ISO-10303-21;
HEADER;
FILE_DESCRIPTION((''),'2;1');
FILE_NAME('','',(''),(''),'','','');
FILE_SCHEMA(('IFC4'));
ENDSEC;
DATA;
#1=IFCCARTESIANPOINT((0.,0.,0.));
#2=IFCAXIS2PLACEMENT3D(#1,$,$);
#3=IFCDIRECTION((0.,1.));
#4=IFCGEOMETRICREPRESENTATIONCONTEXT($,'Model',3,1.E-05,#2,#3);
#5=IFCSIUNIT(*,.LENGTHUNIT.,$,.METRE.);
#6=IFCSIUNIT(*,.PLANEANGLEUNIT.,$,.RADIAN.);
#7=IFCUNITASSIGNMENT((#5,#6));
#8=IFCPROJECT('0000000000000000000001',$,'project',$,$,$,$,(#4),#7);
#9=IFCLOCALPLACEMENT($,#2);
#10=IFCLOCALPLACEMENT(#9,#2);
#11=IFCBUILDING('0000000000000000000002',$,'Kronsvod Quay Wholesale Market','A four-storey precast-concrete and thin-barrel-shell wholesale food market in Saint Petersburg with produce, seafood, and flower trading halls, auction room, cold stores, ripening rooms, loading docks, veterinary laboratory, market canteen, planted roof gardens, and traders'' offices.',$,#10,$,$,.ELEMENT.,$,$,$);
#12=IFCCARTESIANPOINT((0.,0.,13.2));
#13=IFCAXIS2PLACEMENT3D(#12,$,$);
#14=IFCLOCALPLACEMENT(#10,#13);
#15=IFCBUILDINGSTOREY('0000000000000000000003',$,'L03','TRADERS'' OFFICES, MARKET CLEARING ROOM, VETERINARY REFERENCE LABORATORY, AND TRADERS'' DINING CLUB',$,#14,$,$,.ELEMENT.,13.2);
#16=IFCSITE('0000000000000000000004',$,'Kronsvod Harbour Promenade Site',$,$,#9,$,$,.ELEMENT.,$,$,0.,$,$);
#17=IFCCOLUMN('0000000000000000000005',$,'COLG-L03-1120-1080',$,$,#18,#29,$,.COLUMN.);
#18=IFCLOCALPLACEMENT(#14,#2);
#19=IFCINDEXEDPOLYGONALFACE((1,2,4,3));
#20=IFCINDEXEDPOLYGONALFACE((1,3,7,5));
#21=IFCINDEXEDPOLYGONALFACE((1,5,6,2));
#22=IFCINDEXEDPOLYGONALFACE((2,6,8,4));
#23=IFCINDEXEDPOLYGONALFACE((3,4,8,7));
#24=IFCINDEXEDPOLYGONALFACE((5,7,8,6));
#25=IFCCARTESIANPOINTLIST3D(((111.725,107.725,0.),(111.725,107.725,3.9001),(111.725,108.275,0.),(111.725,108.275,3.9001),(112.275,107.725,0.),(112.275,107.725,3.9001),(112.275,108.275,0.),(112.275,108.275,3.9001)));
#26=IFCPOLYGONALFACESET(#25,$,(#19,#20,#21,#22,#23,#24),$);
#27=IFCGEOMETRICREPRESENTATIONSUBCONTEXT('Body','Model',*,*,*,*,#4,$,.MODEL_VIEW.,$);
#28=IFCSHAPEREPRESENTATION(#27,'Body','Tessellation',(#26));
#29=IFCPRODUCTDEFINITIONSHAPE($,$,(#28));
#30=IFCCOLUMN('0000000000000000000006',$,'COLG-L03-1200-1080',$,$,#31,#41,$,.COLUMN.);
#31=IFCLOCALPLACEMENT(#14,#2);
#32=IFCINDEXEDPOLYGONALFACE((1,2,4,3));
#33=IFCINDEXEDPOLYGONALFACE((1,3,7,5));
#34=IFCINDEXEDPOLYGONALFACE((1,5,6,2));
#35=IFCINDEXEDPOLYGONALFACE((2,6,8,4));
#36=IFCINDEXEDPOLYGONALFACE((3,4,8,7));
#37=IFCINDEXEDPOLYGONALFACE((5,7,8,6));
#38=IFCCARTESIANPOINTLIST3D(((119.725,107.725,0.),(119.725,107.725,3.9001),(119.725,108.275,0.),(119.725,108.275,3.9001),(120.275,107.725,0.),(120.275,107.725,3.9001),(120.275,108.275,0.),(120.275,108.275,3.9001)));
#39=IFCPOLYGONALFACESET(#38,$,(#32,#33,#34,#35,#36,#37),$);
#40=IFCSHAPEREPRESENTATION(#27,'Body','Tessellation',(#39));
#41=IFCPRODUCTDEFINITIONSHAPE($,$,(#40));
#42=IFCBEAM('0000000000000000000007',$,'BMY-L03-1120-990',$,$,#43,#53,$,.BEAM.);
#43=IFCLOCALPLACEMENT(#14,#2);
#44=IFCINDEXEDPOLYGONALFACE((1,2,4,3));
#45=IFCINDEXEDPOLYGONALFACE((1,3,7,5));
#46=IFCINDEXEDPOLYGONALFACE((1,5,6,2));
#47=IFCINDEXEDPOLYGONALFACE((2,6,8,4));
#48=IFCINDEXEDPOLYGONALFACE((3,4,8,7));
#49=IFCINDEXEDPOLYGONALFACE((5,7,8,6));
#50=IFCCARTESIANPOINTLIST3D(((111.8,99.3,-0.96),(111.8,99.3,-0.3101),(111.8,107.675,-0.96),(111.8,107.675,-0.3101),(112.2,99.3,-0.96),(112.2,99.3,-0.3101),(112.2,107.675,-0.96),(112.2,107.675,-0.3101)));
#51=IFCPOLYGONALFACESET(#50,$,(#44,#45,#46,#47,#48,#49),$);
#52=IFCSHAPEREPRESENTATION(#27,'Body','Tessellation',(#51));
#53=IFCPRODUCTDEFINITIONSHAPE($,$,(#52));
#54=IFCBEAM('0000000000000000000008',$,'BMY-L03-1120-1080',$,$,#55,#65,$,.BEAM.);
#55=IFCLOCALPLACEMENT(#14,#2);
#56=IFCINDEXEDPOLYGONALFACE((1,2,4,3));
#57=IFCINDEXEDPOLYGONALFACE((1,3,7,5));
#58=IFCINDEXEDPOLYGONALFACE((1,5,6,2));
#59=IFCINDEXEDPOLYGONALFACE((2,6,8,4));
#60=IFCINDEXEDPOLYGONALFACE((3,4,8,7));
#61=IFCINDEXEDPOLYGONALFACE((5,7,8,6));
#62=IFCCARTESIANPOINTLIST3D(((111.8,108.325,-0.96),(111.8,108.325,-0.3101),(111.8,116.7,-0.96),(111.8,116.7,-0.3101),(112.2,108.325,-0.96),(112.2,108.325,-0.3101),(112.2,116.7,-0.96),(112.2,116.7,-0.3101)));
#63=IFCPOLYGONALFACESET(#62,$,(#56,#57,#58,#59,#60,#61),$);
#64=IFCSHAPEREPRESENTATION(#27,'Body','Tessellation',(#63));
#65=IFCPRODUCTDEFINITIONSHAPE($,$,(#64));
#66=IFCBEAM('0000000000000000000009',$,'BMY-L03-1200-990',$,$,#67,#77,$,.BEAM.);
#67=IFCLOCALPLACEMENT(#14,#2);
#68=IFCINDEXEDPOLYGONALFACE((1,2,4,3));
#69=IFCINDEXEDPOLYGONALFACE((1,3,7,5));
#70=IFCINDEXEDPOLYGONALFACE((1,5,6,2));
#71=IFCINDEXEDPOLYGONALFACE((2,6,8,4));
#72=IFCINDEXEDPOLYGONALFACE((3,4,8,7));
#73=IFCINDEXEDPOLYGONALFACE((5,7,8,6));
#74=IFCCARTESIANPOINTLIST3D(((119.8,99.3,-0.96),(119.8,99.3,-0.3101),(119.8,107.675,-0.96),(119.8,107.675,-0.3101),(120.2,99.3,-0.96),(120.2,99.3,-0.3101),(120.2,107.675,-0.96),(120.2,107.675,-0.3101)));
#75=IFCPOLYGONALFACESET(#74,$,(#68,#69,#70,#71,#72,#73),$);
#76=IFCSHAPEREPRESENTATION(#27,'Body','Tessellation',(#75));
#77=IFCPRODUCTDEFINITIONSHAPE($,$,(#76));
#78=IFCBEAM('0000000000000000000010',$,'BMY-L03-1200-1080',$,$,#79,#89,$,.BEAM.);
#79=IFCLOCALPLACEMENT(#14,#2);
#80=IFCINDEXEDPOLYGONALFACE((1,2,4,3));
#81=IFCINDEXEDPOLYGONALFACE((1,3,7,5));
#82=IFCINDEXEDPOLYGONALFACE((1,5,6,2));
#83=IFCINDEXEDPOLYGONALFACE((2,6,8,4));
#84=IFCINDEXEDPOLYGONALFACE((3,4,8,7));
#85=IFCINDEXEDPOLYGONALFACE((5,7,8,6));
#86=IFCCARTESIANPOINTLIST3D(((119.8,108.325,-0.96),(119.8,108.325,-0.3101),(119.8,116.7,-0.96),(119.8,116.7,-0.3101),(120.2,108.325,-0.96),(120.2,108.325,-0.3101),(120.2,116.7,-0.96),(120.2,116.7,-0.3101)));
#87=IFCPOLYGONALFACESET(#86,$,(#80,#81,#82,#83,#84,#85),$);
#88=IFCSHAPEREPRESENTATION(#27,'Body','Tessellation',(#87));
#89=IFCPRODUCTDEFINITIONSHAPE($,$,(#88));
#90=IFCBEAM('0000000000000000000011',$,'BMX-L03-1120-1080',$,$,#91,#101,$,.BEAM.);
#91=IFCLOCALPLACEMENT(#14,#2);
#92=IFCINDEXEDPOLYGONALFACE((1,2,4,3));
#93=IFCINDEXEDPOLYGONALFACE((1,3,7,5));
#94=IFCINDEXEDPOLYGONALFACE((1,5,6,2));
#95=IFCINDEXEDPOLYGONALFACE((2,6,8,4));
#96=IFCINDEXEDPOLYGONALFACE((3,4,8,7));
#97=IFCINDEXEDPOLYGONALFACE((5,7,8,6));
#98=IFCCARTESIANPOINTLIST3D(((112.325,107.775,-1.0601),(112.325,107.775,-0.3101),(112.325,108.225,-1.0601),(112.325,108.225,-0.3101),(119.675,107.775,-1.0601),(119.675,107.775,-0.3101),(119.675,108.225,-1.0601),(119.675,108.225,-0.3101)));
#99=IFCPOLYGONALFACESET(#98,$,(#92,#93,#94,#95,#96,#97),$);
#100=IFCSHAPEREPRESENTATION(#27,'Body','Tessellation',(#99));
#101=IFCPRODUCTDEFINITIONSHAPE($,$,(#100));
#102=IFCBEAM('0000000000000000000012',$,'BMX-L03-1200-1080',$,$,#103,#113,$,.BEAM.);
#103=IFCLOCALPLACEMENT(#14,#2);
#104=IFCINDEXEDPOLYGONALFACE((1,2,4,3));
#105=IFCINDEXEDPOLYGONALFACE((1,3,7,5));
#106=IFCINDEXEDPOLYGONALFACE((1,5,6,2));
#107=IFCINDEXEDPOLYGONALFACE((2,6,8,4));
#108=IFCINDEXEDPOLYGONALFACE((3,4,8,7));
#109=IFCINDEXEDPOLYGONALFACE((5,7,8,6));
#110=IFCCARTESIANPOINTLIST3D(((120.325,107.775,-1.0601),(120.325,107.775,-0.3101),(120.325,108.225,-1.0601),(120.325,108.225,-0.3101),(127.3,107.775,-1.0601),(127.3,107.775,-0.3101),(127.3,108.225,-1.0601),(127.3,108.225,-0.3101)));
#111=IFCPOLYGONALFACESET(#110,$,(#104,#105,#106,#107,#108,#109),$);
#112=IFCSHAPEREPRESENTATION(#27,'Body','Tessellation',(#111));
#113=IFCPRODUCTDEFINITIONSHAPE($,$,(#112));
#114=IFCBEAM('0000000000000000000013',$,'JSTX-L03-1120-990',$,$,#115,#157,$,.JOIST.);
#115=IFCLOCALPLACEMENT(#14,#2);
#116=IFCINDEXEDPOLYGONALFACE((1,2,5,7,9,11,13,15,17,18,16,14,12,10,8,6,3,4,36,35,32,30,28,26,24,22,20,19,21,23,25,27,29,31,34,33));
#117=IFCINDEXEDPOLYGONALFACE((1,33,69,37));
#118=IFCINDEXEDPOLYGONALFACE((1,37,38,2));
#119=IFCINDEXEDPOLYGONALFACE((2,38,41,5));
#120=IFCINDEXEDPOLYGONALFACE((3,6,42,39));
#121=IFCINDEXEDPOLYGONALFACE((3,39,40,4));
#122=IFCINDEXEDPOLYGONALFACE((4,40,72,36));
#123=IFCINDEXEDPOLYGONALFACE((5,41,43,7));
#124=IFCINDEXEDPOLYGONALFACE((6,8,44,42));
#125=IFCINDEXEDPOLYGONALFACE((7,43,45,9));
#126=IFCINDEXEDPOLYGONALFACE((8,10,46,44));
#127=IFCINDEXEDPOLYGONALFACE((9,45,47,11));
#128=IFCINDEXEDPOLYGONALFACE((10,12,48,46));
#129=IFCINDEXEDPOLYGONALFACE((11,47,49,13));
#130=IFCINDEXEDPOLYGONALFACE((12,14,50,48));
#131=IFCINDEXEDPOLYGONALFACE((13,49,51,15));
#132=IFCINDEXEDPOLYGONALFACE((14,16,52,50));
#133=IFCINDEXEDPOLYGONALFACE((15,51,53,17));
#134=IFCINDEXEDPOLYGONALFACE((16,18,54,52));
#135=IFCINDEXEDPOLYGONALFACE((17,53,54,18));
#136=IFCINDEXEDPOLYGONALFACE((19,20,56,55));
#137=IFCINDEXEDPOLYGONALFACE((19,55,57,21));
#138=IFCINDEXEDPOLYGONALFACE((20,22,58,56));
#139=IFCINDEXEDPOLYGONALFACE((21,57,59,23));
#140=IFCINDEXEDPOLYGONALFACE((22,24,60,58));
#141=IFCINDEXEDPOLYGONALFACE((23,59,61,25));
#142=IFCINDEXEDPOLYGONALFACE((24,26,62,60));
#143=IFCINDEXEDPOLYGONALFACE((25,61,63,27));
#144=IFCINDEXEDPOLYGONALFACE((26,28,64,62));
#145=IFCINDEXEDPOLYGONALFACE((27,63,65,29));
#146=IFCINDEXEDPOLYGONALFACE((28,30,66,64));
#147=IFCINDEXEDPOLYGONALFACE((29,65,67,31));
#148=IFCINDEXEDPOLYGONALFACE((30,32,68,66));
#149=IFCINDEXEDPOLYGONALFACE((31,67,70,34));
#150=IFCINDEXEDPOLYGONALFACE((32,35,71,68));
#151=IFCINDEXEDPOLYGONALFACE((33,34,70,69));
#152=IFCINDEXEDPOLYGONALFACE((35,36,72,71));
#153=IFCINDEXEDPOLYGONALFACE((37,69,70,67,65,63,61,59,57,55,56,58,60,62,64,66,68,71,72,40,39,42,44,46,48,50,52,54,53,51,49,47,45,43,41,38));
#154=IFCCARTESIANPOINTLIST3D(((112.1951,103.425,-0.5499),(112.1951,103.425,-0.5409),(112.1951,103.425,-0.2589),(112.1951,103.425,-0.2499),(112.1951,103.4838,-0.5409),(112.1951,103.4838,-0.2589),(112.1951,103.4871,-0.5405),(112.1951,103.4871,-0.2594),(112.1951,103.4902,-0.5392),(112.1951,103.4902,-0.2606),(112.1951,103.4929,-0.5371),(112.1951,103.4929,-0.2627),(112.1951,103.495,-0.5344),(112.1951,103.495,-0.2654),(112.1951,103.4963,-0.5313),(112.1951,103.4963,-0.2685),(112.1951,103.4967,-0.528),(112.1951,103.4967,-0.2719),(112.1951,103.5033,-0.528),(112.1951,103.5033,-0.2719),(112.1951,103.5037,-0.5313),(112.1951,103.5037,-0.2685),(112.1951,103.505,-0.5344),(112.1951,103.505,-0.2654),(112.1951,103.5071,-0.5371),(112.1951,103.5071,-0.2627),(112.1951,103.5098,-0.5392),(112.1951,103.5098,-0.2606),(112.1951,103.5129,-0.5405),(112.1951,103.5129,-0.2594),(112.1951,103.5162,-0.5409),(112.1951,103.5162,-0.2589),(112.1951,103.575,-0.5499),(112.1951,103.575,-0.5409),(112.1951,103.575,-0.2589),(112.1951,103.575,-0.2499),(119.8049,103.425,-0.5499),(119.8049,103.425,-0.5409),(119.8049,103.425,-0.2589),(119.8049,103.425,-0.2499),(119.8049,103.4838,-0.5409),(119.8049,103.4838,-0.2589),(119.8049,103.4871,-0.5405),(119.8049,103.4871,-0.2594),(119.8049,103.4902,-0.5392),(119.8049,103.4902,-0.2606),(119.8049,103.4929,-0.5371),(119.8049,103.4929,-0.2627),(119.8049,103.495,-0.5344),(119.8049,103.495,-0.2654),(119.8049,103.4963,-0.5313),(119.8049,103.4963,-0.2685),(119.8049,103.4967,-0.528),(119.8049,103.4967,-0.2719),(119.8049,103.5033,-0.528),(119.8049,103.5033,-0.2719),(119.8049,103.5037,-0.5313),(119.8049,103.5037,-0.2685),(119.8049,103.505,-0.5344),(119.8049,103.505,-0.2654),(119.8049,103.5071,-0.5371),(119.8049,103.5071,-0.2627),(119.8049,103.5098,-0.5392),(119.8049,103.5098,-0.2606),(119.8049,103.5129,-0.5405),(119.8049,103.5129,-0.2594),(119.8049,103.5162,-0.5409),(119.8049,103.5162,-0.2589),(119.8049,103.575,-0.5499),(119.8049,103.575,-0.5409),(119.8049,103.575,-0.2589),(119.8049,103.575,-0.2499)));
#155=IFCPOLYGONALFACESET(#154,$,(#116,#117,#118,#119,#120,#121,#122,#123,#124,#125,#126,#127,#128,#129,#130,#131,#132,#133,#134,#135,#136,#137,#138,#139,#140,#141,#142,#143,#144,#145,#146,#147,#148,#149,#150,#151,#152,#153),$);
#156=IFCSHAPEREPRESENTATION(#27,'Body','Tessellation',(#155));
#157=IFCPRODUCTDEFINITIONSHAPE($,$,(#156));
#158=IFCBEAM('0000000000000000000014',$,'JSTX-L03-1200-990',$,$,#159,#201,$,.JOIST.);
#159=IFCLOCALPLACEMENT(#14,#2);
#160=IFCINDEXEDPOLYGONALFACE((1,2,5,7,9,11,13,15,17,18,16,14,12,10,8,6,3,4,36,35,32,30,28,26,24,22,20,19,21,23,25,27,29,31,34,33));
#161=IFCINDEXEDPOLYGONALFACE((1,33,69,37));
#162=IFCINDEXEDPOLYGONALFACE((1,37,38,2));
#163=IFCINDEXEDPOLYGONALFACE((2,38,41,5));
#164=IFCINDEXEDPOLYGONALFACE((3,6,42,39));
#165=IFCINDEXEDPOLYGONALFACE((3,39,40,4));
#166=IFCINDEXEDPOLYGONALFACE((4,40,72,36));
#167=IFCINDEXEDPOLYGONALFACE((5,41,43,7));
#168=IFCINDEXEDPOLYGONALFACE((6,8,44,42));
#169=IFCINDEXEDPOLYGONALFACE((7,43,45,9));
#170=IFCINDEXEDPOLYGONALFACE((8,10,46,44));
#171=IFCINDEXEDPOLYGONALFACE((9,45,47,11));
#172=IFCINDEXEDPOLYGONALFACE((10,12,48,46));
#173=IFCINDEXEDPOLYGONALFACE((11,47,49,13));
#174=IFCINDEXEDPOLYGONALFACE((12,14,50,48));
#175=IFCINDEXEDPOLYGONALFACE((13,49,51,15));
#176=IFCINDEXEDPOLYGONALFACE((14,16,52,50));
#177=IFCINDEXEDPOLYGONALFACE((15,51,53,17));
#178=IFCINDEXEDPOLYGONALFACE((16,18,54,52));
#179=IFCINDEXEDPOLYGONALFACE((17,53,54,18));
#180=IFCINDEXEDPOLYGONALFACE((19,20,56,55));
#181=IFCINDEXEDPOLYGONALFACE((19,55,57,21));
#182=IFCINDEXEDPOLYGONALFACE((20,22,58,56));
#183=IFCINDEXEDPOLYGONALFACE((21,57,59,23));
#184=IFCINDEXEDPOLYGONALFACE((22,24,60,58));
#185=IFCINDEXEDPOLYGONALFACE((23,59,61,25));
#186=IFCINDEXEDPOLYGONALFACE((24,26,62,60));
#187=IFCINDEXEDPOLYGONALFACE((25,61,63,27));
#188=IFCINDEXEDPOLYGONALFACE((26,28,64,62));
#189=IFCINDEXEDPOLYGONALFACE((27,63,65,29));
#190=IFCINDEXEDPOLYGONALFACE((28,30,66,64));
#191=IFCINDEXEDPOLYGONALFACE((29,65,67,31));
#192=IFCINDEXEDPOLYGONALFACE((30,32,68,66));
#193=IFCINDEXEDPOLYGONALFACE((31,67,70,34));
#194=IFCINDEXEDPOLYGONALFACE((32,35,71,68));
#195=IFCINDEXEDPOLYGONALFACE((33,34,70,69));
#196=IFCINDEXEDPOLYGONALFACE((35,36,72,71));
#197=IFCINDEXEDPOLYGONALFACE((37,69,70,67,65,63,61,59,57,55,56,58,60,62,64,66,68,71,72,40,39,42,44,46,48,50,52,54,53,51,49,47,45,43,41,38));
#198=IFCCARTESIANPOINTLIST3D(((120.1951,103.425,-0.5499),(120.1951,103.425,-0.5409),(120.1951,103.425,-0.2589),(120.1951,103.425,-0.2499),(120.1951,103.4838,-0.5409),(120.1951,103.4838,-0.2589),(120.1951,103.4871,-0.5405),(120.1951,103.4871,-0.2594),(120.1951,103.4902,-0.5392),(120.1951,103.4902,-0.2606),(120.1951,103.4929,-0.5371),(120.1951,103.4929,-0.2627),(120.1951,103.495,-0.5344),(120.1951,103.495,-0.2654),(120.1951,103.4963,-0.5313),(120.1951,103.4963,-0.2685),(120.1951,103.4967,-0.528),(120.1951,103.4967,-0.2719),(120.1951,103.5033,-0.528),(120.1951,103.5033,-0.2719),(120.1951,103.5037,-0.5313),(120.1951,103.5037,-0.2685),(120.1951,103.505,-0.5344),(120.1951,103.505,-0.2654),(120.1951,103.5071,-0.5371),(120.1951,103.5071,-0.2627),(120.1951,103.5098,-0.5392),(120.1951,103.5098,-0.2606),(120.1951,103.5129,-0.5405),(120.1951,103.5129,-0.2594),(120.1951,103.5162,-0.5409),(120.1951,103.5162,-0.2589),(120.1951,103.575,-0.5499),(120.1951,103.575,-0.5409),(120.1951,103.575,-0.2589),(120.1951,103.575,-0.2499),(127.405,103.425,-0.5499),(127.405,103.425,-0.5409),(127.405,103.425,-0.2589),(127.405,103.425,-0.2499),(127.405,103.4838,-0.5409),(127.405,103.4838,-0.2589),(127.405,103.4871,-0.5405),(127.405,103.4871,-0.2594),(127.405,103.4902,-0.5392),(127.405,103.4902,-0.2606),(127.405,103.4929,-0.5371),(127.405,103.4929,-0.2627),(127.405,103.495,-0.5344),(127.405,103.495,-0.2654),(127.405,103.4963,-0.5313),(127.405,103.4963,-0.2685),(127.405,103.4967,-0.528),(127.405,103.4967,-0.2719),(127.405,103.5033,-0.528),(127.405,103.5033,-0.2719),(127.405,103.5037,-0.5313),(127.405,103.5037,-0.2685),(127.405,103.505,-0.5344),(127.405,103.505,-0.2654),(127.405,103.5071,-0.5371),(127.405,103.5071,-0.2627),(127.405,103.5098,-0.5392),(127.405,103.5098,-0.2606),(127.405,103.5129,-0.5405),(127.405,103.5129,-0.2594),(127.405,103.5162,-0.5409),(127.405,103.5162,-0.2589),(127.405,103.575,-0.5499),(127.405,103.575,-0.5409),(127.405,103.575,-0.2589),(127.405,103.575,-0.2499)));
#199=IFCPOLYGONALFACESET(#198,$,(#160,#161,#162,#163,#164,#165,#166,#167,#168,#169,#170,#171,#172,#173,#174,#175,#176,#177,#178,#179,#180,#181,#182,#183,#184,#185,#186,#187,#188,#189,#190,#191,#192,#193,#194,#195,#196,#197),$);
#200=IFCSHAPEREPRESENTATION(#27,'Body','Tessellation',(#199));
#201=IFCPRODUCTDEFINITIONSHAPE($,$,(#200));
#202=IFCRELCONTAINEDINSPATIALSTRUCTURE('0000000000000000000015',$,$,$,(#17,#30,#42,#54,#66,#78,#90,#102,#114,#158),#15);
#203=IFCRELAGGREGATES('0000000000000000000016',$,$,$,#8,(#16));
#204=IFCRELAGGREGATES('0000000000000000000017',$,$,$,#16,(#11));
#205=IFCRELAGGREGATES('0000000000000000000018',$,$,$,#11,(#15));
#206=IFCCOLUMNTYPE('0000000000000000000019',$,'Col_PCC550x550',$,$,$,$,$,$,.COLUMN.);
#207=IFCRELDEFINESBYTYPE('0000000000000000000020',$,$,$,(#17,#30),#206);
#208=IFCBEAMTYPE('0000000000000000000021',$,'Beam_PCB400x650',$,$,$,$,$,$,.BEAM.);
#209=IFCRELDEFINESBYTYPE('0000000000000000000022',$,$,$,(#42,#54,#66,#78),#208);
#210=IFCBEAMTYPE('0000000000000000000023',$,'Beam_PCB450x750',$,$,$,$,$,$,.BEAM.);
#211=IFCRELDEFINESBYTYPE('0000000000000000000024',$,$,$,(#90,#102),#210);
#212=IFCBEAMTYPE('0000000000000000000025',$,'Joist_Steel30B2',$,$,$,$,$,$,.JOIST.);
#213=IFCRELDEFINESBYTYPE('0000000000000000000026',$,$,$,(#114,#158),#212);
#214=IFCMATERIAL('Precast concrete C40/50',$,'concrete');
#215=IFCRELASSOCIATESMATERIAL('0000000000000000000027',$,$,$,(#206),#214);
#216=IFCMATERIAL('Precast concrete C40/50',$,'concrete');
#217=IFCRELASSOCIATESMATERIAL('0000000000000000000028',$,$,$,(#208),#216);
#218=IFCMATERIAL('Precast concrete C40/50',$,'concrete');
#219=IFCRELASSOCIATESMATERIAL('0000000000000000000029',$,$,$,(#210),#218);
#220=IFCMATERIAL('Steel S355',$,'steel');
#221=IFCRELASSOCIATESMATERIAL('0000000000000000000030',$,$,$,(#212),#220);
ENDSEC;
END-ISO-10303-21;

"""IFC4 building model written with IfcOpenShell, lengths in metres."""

from ifc_helpers import new_model, si_unit, direction, frame, origin, origin_2d, place, context, subcontext, project, spatial, rectangle, i_section, extrude, material, material_profile, profile_set, type_object, element, save


model = new_model("IFC4")

# Units and contexts
model_context = context("Model", 3, precision=1e-05, world=origin(), true_north=direction((0.0, 1.0)))
body_context = subcontext(model_context, "Body", "Model", "MODEL_VIEW")
ifc_project = project(units=[si_unit("LENGTHUNIT", "METRE"), si_unit("PLANEANGLEUNIT", "RADIAN")], contexts=[model_context])

# Site, building, storey
site_placement = place(None, origin())
site = spatial("IfcSite", under=ifc_project, at=site_placement, Name="Kronsvod Harbour Promenade Site", CompositionType="ELEMENT", RefElevation=0.0)
building_placement = place(site_placement, origin())
building = spatial("IfcBuilding", under=site, at=building_placement, Name="Kronsvod Quay Wholesale Market", Description="A four-storey precast-concrete and thin-barrel-shell wholesale food market in Saint Petersburg with produce, seafood, and flower trading halls, auction room, cold stores, ripening rooms, loading docks, veterinary laboratory, market canteen, planted roof gardens, and traders' offices.", CompositionType="ELEMENT")
storey_placement = place(building_placement, frame((0.0, 0.0, 13.2)))
storey = spatial("IfcBuildingStorey", under=building, at=storey_placement, Name="L03", Description="TRADERS' OFFICES, MARKET CLEARING ROOM, VETERINARY REFERENCE LABORATORY, AND TRADERS' DINING CLUB", CompositionType="ELEMENT", Elevation=13.2)

# Columns
ifc_material_1 = material(Name="Precast concrete C40/50", Category="concrete")
ifc_material_profile_1 = material_profile(ifc_material_1, rectangle(XDim=0.55, YDim=0.55, at=origin_2d()), Name="COL-09")
ifc_profile_set_1 = profile_set([ifc_material_profile_1], Name="Precast concrete C40/50")
column_type = type_object("IfcColumnType", Name="Col_PCC550x550", PredefinedType="COLUMN", material=ifc_profile_set_1)
for number, where, z_axis, x_axis, name in (
    (1, (112.0, 108.0, 0.0), (0.0, 0.0, 1.0), (1.0, 0.0, 0.0), "COLG-L03-1120-1080"),
    (2, (120.0, 108.0, 0.0), (0.0, 0.0, 1.0), (1.0, 0.0, 0.0), "COLG-L03-1200-1080"),
):
    element("IfcColumn", number, at=place(storey_placement, frame(where, z_axis=z_axis, x_axis=x_axis)), inside=storey, type_object=column_type, Name=name, PredefinedType="COLUMN", context=body_context, shape_type="SweptSolid", body=[
        extrude(rectangle(XDim=0.55, YDim=0.55, at=origin_2d()), origin(), (0.0, 0.0, 1.0), 3.9001),
    ])

# Beams
ifc_material_2 = material(Name="Precast concrete C40/50", Category="concrete")
ifc_material_profile_2 = material_profile(ifc_material_2, rectangle(XDim=0.3999, YDim=0.6499, at=origin_2d()), Name="PCB400x650")
ifc_profile_set_2 = profile_set([ifc_material_profile_2], Name="Precast concrete C40/50")
beam_type_1 = type_object("IfcBeamType", Name="Beam_PCB400x650", PredefinedType="BEAM", material=ifc_profile_set_2)
for number, where, z_axis, x_axis, name in (
    (3, (112.0, 99.3, -0.635), (0.0, 1.0, 0.0), (-1.0, 0.0, 0.0), "BMY-L03-1120-990"),
    (4, (112.0, 108.325, -0.635), (0.0, 1.0, 0.0), (-1.0, 0.0, 0.0), "BMY-L03-1120-1080"),
    (5, (120.0, 99.3, -0.635), (0.0, 1.0, 0.0), (-1.0, 0.0, 0.0), "BMY-L03-1200-990"),
    (6, (120.0, 108.325, -0.635), (0.0, 1.0, 0.0), (-1.0, 0.0, 0.0), "BMY-L03-1200-1080"),
):
    element("IfcBeam", number, at=place(storey_placement, frame(where, z_axis=z_axis, x_axis=x_axis)), inside=storey, type_object=beam_type_1, Name=name, PredefinedType="BEAM", context=body_context, shape_type="SweptSolid", body=[
        extrude(rectangle(XDim=0.3999, YDim=0.6499, at=origin_2d()), origin(), (0.0, 0.0, 1.0), 8.375),
    ])
ifc_material_3 = material(Name="Precast concrete C40/50", Category="concrete")
ifc_material_profile_3 = material_profile(ifc_material_3, rectangle(XDim=0.45, YDim=0.75, at=origin_2d()), Name="PCB450x750")
ifc_profile_set_3 = profile_set([ifc_material_profile_3], Name="Precast concrete C40/50")
beam_type_2 = type_object("IfcBeamType", Name="Beam_PCB450x750", PredefinedType="BEAM", material=ifc_profile_set_3)
beam_1_placement = place(storey_placement, frame((112.325, 108.0, -0.6851), z_axis=(1.0, 0.0, 0.0), x_axis=(0.0, 1.0, 0.0)))
element("IfcBeam", 7, at=beam_1_placement, inside=storey, type_object=beam_type_2, Name="BMX-L03-1120-1080", PredefinedType="BEAM", context=body_context, shape_type="SweptSolid", body=[
    extrude(rectangle(XDim=0.45, YDim=0.75, at=origin_2d()), origin(), (0.0, 0.0, 1.0), 7.3501),
])
beam_2_placement = place(storey_placement, frame((120.325, 108.0, -0.6851), z_axis=(1.0, 0.0, 0.0), x_axis=(0.0, 1.0, 0.0)))
element("IfcBeam", 8, at=beam_2_placement, inside=storey, type_object=beam_type_2, Name="BMX-L03-1200-1080", PredefinedType="BEAM", context=body_context, shape_type="SweptSolid", body=[
    extrude(rectangle(XDim=0.45, YDim=0.75, at=origin_2d()), origin(), (0.0, 0.0, 1.0), 6.9751),
])
ifc_material_4 = material(Name="Steel S355", Category="steel")
ifc_material_profile_4 = material_profile(ifc_material_4, i_section(OverallWidth=0.1499, OverallDepth=0.3, WebThickness=0.0066, FlangeThickness=0.009, FilletRadius=0.0129, at=origin_2d()), Name="30B2")
ifc_profile_set_4 = profile_set([ifc_material_profile_4], Name="Steel S355")
beam_type_3 = type_object("IfcBeamType", Name="Joist_Steel30B2", PredefinedType="JOIST", material=ifc_profile_set_4)
beam_3_placement = place(storey_placement, frame((112.1951, 103.5, -0.3999), z_axis=(1.0, 0.0, 0.0), x_axis=(0.0, 1.0, 0.0)))
element("IfcBeam", 9, at=beam_3_placement, inside=storey, type_object=beam_type_3, Name="JSTX-L03-1120-990", PredefinedType="JOIST", context=body_context, shape_type="SweptSolid", body=[
    extrude(i_section(OverallWidth=0.1499, OverallDepth=0.3, WebThickness=0.0066, FlangeThickness=0.009, FilletRadius=0.0129, at=origin_2d()), origin(), (0.0, 0.0, 1.0), 7.6099),
])
beam_4_placement = place(storey_placement, frame((120.1951, 103.5, -0.3999), z_axis=(1.0, 0.0, 0.0), x_axis=(0.0, 1.0, 0.0)))
element("IfcBeam", 10, at=beam_4_placement, inside=storey, type_object=beam_type_3, Name="JSTX-L03-1200-990", PredefinedType="JOIST", context=body_context, shape_type="SweptSolid", body=[
    extrude(i_section(OverallWidth=0.1499, OverallDepth=0.3, WebThickness=0.0066, FlangeThickness=0.009, FilletRadius=0.0129, at=origin_2d()), origin(), (0.0, 0.0, 1.0), 7.21),
])

save(model, "model.ifc")
